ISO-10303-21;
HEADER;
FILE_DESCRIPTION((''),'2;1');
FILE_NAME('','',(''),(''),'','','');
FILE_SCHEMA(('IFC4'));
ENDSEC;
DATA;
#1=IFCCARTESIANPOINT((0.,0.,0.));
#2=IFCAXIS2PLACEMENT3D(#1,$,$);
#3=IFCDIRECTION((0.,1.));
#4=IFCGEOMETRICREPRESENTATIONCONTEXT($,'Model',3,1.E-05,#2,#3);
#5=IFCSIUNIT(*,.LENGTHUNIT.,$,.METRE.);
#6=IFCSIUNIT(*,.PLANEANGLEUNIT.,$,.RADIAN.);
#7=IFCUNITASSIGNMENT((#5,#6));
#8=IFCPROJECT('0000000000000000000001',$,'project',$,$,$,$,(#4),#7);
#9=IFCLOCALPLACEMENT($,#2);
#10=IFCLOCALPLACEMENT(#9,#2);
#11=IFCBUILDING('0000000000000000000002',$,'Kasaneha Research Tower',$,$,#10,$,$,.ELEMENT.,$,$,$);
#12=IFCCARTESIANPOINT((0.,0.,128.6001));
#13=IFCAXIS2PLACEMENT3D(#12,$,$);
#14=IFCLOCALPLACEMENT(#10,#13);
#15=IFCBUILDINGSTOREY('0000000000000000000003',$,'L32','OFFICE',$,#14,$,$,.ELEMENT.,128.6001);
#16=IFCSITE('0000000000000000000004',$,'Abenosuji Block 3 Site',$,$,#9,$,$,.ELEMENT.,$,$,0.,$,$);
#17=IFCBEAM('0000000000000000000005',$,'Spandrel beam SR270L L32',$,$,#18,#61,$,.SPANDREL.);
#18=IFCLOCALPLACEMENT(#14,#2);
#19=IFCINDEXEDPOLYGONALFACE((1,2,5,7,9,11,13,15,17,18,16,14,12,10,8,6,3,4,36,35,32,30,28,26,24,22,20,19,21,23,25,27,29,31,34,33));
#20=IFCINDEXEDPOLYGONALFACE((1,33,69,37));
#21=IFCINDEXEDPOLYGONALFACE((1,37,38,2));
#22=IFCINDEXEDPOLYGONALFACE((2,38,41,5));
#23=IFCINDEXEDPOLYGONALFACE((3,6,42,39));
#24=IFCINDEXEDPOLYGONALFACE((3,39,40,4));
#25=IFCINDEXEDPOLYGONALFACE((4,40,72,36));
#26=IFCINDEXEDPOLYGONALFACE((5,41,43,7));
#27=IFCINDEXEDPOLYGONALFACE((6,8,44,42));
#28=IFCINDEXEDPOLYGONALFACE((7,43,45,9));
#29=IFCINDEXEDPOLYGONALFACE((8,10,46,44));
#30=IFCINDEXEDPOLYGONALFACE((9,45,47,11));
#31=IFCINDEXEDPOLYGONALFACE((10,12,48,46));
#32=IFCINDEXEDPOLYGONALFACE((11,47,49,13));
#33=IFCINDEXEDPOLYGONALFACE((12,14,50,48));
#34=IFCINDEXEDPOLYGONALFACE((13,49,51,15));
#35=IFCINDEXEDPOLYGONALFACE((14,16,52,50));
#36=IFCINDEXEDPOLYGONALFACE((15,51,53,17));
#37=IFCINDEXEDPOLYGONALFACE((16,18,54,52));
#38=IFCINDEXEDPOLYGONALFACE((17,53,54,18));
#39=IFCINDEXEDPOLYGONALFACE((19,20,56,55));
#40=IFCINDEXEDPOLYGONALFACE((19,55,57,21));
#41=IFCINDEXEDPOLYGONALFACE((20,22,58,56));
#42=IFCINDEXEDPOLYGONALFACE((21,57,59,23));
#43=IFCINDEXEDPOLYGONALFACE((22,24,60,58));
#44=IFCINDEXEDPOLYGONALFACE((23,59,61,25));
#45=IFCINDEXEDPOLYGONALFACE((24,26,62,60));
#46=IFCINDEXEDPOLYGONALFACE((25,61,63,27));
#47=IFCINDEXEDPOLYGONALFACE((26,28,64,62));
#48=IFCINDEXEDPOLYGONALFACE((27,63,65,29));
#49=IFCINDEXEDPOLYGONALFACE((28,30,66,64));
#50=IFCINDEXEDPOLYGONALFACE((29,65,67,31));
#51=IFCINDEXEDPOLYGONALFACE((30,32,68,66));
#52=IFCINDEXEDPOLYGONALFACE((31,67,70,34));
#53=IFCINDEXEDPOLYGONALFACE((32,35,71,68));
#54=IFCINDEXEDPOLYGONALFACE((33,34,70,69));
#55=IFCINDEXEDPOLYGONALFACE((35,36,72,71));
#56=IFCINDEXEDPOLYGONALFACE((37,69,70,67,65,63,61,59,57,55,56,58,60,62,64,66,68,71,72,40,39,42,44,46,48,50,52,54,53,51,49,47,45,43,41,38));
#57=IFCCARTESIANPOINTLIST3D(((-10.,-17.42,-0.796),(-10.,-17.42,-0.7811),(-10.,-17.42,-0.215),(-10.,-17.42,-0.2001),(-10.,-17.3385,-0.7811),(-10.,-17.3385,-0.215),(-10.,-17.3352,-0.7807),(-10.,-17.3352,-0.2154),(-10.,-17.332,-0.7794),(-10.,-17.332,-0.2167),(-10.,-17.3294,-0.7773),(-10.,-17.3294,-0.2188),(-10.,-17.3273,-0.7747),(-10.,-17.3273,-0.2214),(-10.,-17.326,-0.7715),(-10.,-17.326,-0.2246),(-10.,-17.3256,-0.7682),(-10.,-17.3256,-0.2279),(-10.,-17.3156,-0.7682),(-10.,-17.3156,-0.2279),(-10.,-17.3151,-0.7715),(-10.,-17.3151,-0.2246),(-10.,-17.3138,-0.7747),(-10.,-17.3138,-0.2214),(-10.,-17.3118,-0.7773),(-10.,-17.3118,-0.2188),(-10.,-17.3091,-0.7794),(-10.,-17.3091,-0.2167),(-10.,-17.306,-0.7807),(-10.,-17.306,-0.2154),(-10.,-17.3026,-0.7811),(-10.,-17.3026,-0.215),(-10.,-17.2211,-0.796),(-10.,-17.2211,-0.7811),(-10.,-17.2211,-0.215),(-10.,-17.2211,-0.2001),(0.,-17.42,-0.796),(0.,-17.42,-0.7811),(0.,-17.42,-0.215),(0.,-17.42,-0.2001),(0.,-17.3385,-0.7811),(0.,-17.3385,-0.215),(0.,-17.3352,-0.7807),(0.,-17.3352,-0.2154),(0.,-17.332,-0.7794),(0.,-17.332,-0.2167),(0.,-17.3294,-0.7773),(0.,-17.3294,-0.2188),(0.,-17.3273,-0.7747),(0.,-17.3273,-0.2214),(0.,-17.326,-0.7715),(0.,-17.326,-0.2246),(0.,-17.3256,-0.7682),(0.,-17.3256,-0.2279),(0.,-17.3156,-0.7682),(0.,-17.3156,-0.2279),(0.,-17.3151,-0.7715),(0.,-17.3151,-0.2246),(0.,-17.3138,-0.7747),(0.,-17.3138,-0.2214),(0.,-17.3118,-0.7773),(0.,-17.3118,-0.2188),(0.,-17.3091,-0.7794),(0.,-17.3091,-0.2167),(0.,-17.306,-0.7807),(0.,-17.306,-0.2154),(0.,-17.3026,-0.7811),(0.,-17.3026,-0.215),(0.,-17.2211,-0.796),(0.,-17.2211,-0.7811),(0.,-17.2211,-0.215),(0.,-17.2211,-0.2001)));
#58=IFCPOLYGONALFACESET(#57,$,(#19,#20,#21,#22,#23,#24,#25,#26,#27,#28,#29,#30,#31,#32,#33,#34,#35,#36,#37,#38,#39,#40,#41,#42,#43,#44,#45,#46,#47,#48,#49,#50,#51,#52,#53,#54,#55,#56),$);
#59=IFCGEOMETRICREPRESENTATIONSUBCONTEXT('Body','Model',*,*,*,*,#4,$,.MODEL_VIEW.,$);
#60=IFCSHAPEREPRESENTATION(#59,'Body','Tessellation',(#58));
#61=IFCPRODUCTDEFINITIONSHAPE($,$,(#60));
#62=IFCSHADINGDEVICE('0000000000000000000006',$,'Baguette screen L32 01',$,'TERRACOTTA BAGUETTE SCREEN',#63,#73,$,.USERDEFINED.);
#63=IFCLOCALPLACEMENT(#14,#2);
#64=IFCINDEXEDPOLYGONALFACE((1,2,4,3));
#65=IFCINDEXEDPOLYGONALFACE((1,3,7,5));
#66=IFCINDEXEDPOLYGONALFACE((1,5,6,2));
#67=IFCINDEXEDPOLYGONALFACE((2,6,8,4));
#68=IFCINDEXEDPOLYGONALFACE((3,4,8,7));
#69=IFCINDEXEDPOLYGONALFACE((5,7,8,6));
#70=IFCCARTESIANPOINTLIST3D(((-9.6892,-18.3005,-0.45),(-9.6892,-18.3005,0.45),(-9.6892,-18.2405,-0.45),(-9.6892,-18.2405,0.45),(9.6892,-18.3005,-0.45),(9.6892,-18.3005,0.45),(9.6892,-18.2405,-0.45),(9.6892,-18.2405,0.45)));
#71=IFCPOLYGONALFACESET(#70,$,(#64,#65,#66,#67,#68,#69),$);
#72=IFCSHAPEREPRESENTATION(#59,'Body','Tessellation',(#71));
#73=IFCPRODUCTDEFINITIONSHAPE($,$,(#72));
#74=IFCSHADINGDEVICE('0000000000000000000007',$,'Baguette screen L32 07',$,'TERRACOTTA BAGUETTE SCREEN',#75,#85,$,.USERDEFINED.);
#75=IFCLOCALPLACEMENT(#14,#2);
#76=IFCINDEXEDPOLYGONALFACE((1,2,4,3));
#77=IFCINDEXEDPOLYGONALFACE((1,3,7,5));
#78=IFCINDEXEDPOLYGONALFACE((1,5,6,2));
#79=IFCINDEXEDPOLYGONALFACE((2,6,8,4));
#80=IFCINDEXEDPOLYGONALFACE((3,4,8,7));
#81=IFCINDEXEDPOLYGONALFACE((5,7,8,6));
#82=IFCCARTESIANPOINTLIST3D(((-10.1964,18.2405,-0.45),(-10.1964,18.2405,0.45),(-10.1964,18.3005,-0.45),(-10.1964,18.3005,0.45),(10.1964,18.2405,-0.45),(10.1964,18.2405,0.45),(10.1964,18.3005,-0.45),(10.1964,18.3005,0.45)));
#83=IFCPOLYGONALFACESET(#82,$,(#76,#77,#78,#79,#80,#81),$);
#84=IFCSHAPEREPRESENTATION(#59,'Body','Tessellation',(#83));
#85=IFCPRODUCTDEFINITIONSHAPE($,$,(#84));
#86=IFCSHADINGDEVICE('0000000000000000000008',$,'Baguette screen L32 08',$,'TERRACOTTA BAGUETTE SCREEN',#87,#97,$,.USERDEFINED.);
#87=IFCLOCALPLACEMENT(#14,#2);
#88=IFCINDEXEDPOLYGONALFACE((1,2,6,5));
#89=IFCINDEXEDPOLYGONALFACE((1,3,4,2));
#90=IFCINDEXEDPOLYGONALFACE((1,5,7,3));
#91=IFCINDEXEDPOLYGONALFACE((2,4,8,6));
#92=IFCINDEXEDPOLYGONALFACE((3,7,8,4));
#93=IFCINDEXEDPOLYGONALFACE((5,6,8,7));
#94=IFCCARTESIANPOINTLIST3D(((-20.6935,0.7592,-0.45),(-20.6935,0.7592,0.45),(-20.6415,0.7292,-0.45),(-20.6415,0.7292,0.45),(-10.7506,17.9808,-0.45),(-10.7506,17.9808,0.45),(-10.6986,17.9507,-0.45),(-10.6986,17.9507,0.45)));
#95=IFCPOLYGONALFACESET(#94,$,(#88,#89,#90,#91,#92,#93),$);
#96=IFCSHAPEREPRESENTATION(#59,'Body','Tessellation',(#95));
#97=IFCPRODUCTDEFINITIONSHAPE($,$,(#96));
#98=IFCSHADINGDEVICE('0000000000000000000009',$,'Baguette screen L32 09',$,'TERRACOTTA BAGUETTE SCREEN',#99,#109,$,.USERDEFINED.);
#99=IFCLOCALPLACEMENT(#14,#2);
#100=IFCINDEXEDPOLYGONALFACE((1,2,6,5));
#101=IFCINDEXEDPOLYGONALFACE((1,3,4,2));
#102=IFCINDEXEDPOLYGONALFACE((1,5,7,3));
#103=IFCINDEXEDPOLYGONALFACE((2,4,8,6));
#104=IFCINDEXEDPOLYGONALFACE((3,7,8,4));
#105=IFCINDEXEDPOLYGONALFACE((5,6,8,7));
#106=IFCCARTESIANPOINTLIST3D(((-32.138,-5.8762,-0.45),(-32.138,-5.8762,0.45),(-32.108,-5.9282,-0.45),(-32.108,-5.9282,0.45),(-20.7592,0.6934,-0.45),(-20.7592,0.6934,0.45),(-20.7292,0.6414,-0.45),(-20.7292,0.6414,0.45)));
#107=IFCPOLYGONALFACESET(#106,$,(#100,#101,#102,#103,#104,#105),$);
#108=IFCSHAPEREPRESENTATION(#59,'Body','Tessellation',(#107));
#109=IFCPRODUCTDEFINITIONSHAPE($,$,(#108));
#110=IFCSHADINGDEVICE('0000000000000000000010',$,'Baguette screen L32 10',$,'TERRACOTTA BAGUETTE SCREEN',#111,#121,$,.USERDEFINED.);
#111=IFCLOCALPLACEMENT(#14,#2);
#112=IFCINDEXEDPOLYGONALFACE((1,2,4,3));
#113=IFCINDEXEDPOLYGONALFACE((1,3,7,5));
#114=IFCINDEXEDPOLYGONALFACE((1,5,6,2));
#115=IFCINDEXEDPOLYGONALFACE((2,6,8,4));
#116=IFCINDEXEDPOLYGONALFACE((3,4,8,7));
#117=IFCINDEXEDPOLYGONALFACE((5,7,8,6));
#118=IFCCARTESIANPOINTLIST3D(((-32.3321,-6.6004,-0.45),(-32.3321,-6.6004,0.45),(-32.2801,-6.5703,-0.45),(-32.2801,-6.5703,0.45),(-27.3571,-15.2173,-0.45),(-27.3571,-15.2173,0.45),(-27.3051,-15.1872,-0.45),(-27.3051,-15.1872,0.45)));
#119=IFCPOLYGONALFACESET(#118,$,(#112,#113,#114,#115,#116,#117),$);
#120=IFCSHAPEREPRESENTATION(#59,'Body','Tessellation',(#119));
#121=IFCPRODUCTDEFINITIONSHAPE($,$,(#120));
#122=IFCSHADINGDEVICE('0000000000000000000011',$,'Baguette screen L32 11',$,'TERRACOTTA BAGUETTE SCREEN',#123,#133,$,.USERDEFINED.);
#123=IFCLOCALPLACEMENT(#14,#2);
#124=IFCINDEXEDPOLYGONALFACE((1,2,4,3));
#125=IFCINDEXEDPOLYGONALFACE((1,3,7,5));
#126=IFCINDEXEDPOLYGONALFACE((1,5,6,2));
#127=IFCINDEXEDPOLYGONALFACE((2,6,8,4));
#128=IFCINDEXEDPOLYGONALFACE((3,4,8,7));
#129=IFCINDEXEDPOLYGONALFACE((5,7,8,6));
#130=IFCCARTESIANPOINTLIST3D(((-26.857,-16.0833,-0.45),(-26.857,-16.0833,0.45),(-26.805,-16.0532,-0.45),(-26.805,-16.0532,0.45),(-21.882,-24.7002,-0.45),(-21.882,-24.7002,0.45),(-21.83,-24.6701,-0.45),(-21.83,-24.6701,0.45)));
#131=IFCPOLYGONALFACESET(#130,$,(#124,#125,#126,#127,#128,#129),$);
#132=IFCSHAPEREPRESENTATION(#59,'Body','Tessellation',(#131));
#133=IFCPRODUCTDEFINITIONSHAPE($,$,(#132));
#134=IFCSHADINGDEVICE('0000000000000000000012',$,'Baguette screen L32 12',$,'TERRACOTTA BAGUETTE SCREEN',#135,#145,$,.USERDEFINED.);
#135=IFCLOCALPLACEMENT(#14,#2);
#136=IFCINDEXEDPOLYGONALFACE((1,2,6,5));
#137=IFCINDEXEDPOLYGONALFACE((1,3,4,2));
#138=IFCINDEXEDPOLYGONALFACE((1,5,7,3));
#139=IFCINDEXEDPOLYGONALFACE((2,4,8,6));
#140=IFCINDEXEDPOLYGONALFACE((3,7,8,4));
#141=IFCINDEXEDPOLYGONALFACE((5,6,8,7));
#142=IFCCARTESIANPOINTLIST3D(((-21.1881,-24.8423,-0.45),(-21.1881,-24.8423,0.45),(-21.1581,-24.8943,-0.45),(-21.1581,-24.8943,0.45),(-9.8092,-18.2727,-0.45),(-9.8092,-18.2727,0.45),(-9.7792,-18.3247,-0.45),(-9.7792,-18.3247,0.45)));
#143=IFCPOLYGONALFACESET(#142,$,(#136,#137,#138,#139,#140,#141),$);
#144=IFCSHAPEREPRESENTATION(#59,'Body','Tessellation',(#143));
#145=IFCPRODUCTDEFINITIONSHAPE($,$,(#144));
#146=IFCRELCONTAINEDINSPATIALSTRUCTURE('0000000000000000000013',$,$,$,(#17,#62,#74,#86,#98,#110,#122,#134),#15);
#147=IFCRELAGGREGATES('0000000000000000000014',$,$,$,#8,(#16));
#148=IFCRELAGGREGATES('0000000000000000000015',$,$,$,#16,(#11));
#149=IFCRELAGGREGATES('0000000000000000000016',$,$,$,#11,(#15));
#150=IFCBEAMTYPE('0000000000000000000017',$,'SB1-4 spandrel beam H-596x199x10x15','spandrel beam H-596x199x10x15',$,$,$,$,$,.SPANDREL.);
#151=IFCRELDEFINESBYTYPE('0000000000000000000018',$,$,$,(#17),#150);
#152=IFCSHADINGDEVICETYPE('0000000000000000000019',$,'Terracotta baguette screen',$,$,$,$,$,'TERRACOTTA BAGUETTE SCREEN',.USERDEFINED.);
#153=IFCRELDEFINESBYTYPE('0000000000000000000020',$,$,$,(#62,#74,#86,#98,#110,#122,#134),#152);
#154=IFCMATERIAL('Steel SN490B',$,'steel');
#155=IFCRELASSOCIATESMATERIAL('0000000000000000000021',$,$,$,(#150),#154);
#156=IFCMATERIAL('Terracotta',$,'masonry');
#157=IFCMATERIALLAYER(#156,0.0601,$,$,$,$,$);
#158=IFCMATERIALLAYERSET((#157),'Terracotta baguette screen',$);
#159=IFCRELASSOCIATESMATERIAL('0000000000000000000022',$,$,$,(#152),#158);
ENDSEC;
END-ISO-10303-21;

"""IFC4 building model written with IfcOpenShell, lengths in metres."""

from ifc_helpers import new_model, si_unit, direction, frame, origin, origin_2d, place, context, subcontext, project, spatial, rectangle, i_section, extrude, material, layer, layer_set, material_profile, profile_set, type_object, element, save


model = new_model("IFC4")

# Units and contexts
model_context = context("Model", 3, precision=1e-05, world=origin(), true_north=direction((0.0, 1.0)))
body_context = subcontext(model_context, "Body", "Model", "MODEL_VIEW")
ifc_project = project(units=[si_unit("LENGTHUNIT", "METRE"), si_unit("PLANEANGLEUNIT", "RADIAN")], contexts=[model_context])

# Site, building, storey
site_placement = place(None, origin())
site = spatial("IfcSite", under=ifc_project, at=site_placement, Name="Abenosuji Block 3 Site", CompositionType="ELEMENT", RefElevation=0.0)
building_placement = place(site_placement, origin())
building = spatial("IfcBuilding", under=site, at=building_placement, Name="Kasaneha Research Tower", CompositionType="ELEMENT")
storey_placement = place(building_placement, frame((0.0, 0.0, 128.6001)))
storey = spatial("IfcBuildingStorey", under=building, at=storey_placement, Name="L32", Description="OFFICE", CompositionType="ELEMENT", Elevation=128.6001)

# Beam
ifc_material_1 = material(Name="Steel SN490B", Category="steel")
ifc_material_profile_1 = material_profile(ifc_material_1, i_section(OverallWidth=0.199, OverallDepth=0.5959, WebThickness=0.01, FlangeThickness=0.0149, FilletRadius=0.0129, at=origin_2d()), Name="H-596x199x10x15")
ifc_profile_set_1 = profile_set([ifc_material_profile_1], Name="Steel SN490B")
beam_type_1 = type_object("IfcBeamType", Name="SB1-4 spandrel beam H-596x199x10x15", Description="spandrel beam H-596x199x10x15", PredefinedType="SPANDREL", material=ifc_profile_set_1)
for number, where, z_axis, x_axis, name in (
    (1, (-10.0, -17.3206, -0.498), (1.0, 0.0, 0.0), (0.0, 1.0, 0.0), "Spandrel beam SR270L L32"),
):
    element("IfcBeam", number, at=place(storey_placement, frame(where, z_axis=z_axis, x_axis=x_axis)), inside=storey, type_object=beam_type_1, Name=name, PredefinedType="SPANDREL", context=body_context, shape_type="SweptSolid", body=[
        extrude(i_section(OverallWidth=0.199, OverallDepth=0.5959, WebThickness=0.01, FlangeThickness=0.0149, FilletRadius=0.0129, at=origin_2d()), origin(), (0.0, 0.0, 1.0), 10.0),
    ])

# Shading devices
ifc_material_2 = material(Name="Terracotta", Category="masonry")
ifc_layer = layer(ifc_material_2, 0.0601)
ifc_layer_set = layer_set([ifc_layer], Name="Terracotta baguette screen")
shading_device_type = type_object("IfcShadingDeviceType", Name="Terracotta baguette screen", ElementType="TERRACOTTA BAGUETTE SCREEN", PredefinedType="USERDEFINED", material=ifc_layer_set)
shading_device_1_placement = place(storey_placement, frame((0.0, -18.2705, -0.45), z_axis=(0.0, 0.0, 1.0), x_axis=(1.0, 0.0, 0.0)))
element("IfcShadingDevice", 2, at=shading_device_1_placement, inside=storey, type_object=shading_device_type, Name="Baguette screen L32 01", ObjectType="TERRACOTTA BAGUETTE SCREEN", PredefinedType="USERDEFINED", context=body_context, shape_type="SweptSolid", body=[
    extrude(rectangle(XDim=19.3784, YDim=0.0601, at=origin_2d()), origin(), (0.0, 0.0, 1.0), 0.8999),
])
shading_device_2_placement = place(storey_placement, frame((0.0, 18.2705, -0.45), z_axis=(0.0, 0.0, 1.0), x_axis=(-1.0, 0.0, 0.0)))
element("IfcShadingDevice", 3, at=shading_device_2_placement, inside=storey, type_object=shading_device_type, Name="Baguette screen L32 07", ObjectType="TERRACOTTA BAGUETTE SCREEN", PredefinedType="USERDEFINED", context=body_context, shape_type="SweptSolid", body=[
    extrude(rectangle(XDim=20.3928, YDim=0.0601, at=origin_2d()), origin(), (0.0, 0.0, 1.0), 0.8999),
])
shading_device_3_placement = place(storey_placement, frame((-15.696, 9.355, -0.45), z_axis=(0.0, 0.0, 1.0), x_axis=(-0.5, -0.866025, 0.0)))
element("IfcShadingDevice", 4, at=shading_device_3_placement, inside=storey, type_object=shading_device_type, Name="Baguette screen L32 08", ObjectType="TERRACOTTA BAGUETTE SCREEN", PredefinedType="USERDEFINED", context=body_context, shape_type="SweptSolid", body=[
    extrude(rectangle(XDim=19.8857, YDim=0.0601, at=origin_2d()), origin(), (0.0, 0.0, 1.0), 0.8999),
])
shading_device_4_placement = place(storey_placement, frame((-26.4336, -2.6174, -0.45), z_axis=(0.0, 0.0, 1.0), x_axis=(-0.866025, -0.5, 0.0)))
element("IfcShadingDevice", 5, at=shading_device_4_placement, inside=storey, type_object=shading_device_type, Name="Baguette screen L32 09", ObjectType="TERRACOTTA BAGUETTE SCREEN", PredefinedType="USERDEFINED", context=body_context, shape_type="SweptSolid", body=[
    extrude(rectangle(XDim=13.1392, YDim=0.0601, at=origin_2d()), origin(), (0.0, 0.0, 1.0), 0.8999),
])
for number, where, z_axis, x_axis, name in (
    (6, (-29.8186, -10.8938, -0.45), (0.0, 0.0, 1.0), (0.5, -0.866025, 0.0), "Baguette screen L32 10"),
    (7, (-24.3435, -20.3767, -0.45), (0.0, 0.0, 1.0), (0.5, -0.866025, 0.0), "Baguette screen L32 11"),
):
    element("IfcShadingDevice", number, at=place(storey_placement, frame(where, z_axis=z_axis, x_axis=x_axis)), inside=storey, type_object=shading_device_type, Name=name, ObjectType="TERRACOTTA BAGUETTE SCREEN", PredefinedType="USERDEFINED", context=body_context, shape_type="SweptSolid", body=[
        extrude(rectangle(XDim=9.95, YDim=0.0601, at=origin_2d()), origin(), (0.0, 0.0, 1.0), 0.8999),
    ])
shading_device_5_placement = place(storey_placement, frame((-15.4836, -21.5835, -0.45), z_axis=(0.0, 0.0, 1.0), x_axis=(0.866025, 0.5, 0.0)))
element("IfcShadingDevice", 8, at=shading_device_5_placement, inside=storey, type_object=shading_device_type, Name="Baguette screen L32 12", ObjectType="TERRACOTTA BAGUETTE SCREEN", PredefinedType="USERDEFINED", context=body_context, shape_type="SweptSolid", body=[
    extrude(rectangle(XDim=13.1392, YDim=0.0601, at=origin_2d()), origin(), (0.0, 0.0, 1.0), 0.8999),
])

save(model, "model.ifc")
